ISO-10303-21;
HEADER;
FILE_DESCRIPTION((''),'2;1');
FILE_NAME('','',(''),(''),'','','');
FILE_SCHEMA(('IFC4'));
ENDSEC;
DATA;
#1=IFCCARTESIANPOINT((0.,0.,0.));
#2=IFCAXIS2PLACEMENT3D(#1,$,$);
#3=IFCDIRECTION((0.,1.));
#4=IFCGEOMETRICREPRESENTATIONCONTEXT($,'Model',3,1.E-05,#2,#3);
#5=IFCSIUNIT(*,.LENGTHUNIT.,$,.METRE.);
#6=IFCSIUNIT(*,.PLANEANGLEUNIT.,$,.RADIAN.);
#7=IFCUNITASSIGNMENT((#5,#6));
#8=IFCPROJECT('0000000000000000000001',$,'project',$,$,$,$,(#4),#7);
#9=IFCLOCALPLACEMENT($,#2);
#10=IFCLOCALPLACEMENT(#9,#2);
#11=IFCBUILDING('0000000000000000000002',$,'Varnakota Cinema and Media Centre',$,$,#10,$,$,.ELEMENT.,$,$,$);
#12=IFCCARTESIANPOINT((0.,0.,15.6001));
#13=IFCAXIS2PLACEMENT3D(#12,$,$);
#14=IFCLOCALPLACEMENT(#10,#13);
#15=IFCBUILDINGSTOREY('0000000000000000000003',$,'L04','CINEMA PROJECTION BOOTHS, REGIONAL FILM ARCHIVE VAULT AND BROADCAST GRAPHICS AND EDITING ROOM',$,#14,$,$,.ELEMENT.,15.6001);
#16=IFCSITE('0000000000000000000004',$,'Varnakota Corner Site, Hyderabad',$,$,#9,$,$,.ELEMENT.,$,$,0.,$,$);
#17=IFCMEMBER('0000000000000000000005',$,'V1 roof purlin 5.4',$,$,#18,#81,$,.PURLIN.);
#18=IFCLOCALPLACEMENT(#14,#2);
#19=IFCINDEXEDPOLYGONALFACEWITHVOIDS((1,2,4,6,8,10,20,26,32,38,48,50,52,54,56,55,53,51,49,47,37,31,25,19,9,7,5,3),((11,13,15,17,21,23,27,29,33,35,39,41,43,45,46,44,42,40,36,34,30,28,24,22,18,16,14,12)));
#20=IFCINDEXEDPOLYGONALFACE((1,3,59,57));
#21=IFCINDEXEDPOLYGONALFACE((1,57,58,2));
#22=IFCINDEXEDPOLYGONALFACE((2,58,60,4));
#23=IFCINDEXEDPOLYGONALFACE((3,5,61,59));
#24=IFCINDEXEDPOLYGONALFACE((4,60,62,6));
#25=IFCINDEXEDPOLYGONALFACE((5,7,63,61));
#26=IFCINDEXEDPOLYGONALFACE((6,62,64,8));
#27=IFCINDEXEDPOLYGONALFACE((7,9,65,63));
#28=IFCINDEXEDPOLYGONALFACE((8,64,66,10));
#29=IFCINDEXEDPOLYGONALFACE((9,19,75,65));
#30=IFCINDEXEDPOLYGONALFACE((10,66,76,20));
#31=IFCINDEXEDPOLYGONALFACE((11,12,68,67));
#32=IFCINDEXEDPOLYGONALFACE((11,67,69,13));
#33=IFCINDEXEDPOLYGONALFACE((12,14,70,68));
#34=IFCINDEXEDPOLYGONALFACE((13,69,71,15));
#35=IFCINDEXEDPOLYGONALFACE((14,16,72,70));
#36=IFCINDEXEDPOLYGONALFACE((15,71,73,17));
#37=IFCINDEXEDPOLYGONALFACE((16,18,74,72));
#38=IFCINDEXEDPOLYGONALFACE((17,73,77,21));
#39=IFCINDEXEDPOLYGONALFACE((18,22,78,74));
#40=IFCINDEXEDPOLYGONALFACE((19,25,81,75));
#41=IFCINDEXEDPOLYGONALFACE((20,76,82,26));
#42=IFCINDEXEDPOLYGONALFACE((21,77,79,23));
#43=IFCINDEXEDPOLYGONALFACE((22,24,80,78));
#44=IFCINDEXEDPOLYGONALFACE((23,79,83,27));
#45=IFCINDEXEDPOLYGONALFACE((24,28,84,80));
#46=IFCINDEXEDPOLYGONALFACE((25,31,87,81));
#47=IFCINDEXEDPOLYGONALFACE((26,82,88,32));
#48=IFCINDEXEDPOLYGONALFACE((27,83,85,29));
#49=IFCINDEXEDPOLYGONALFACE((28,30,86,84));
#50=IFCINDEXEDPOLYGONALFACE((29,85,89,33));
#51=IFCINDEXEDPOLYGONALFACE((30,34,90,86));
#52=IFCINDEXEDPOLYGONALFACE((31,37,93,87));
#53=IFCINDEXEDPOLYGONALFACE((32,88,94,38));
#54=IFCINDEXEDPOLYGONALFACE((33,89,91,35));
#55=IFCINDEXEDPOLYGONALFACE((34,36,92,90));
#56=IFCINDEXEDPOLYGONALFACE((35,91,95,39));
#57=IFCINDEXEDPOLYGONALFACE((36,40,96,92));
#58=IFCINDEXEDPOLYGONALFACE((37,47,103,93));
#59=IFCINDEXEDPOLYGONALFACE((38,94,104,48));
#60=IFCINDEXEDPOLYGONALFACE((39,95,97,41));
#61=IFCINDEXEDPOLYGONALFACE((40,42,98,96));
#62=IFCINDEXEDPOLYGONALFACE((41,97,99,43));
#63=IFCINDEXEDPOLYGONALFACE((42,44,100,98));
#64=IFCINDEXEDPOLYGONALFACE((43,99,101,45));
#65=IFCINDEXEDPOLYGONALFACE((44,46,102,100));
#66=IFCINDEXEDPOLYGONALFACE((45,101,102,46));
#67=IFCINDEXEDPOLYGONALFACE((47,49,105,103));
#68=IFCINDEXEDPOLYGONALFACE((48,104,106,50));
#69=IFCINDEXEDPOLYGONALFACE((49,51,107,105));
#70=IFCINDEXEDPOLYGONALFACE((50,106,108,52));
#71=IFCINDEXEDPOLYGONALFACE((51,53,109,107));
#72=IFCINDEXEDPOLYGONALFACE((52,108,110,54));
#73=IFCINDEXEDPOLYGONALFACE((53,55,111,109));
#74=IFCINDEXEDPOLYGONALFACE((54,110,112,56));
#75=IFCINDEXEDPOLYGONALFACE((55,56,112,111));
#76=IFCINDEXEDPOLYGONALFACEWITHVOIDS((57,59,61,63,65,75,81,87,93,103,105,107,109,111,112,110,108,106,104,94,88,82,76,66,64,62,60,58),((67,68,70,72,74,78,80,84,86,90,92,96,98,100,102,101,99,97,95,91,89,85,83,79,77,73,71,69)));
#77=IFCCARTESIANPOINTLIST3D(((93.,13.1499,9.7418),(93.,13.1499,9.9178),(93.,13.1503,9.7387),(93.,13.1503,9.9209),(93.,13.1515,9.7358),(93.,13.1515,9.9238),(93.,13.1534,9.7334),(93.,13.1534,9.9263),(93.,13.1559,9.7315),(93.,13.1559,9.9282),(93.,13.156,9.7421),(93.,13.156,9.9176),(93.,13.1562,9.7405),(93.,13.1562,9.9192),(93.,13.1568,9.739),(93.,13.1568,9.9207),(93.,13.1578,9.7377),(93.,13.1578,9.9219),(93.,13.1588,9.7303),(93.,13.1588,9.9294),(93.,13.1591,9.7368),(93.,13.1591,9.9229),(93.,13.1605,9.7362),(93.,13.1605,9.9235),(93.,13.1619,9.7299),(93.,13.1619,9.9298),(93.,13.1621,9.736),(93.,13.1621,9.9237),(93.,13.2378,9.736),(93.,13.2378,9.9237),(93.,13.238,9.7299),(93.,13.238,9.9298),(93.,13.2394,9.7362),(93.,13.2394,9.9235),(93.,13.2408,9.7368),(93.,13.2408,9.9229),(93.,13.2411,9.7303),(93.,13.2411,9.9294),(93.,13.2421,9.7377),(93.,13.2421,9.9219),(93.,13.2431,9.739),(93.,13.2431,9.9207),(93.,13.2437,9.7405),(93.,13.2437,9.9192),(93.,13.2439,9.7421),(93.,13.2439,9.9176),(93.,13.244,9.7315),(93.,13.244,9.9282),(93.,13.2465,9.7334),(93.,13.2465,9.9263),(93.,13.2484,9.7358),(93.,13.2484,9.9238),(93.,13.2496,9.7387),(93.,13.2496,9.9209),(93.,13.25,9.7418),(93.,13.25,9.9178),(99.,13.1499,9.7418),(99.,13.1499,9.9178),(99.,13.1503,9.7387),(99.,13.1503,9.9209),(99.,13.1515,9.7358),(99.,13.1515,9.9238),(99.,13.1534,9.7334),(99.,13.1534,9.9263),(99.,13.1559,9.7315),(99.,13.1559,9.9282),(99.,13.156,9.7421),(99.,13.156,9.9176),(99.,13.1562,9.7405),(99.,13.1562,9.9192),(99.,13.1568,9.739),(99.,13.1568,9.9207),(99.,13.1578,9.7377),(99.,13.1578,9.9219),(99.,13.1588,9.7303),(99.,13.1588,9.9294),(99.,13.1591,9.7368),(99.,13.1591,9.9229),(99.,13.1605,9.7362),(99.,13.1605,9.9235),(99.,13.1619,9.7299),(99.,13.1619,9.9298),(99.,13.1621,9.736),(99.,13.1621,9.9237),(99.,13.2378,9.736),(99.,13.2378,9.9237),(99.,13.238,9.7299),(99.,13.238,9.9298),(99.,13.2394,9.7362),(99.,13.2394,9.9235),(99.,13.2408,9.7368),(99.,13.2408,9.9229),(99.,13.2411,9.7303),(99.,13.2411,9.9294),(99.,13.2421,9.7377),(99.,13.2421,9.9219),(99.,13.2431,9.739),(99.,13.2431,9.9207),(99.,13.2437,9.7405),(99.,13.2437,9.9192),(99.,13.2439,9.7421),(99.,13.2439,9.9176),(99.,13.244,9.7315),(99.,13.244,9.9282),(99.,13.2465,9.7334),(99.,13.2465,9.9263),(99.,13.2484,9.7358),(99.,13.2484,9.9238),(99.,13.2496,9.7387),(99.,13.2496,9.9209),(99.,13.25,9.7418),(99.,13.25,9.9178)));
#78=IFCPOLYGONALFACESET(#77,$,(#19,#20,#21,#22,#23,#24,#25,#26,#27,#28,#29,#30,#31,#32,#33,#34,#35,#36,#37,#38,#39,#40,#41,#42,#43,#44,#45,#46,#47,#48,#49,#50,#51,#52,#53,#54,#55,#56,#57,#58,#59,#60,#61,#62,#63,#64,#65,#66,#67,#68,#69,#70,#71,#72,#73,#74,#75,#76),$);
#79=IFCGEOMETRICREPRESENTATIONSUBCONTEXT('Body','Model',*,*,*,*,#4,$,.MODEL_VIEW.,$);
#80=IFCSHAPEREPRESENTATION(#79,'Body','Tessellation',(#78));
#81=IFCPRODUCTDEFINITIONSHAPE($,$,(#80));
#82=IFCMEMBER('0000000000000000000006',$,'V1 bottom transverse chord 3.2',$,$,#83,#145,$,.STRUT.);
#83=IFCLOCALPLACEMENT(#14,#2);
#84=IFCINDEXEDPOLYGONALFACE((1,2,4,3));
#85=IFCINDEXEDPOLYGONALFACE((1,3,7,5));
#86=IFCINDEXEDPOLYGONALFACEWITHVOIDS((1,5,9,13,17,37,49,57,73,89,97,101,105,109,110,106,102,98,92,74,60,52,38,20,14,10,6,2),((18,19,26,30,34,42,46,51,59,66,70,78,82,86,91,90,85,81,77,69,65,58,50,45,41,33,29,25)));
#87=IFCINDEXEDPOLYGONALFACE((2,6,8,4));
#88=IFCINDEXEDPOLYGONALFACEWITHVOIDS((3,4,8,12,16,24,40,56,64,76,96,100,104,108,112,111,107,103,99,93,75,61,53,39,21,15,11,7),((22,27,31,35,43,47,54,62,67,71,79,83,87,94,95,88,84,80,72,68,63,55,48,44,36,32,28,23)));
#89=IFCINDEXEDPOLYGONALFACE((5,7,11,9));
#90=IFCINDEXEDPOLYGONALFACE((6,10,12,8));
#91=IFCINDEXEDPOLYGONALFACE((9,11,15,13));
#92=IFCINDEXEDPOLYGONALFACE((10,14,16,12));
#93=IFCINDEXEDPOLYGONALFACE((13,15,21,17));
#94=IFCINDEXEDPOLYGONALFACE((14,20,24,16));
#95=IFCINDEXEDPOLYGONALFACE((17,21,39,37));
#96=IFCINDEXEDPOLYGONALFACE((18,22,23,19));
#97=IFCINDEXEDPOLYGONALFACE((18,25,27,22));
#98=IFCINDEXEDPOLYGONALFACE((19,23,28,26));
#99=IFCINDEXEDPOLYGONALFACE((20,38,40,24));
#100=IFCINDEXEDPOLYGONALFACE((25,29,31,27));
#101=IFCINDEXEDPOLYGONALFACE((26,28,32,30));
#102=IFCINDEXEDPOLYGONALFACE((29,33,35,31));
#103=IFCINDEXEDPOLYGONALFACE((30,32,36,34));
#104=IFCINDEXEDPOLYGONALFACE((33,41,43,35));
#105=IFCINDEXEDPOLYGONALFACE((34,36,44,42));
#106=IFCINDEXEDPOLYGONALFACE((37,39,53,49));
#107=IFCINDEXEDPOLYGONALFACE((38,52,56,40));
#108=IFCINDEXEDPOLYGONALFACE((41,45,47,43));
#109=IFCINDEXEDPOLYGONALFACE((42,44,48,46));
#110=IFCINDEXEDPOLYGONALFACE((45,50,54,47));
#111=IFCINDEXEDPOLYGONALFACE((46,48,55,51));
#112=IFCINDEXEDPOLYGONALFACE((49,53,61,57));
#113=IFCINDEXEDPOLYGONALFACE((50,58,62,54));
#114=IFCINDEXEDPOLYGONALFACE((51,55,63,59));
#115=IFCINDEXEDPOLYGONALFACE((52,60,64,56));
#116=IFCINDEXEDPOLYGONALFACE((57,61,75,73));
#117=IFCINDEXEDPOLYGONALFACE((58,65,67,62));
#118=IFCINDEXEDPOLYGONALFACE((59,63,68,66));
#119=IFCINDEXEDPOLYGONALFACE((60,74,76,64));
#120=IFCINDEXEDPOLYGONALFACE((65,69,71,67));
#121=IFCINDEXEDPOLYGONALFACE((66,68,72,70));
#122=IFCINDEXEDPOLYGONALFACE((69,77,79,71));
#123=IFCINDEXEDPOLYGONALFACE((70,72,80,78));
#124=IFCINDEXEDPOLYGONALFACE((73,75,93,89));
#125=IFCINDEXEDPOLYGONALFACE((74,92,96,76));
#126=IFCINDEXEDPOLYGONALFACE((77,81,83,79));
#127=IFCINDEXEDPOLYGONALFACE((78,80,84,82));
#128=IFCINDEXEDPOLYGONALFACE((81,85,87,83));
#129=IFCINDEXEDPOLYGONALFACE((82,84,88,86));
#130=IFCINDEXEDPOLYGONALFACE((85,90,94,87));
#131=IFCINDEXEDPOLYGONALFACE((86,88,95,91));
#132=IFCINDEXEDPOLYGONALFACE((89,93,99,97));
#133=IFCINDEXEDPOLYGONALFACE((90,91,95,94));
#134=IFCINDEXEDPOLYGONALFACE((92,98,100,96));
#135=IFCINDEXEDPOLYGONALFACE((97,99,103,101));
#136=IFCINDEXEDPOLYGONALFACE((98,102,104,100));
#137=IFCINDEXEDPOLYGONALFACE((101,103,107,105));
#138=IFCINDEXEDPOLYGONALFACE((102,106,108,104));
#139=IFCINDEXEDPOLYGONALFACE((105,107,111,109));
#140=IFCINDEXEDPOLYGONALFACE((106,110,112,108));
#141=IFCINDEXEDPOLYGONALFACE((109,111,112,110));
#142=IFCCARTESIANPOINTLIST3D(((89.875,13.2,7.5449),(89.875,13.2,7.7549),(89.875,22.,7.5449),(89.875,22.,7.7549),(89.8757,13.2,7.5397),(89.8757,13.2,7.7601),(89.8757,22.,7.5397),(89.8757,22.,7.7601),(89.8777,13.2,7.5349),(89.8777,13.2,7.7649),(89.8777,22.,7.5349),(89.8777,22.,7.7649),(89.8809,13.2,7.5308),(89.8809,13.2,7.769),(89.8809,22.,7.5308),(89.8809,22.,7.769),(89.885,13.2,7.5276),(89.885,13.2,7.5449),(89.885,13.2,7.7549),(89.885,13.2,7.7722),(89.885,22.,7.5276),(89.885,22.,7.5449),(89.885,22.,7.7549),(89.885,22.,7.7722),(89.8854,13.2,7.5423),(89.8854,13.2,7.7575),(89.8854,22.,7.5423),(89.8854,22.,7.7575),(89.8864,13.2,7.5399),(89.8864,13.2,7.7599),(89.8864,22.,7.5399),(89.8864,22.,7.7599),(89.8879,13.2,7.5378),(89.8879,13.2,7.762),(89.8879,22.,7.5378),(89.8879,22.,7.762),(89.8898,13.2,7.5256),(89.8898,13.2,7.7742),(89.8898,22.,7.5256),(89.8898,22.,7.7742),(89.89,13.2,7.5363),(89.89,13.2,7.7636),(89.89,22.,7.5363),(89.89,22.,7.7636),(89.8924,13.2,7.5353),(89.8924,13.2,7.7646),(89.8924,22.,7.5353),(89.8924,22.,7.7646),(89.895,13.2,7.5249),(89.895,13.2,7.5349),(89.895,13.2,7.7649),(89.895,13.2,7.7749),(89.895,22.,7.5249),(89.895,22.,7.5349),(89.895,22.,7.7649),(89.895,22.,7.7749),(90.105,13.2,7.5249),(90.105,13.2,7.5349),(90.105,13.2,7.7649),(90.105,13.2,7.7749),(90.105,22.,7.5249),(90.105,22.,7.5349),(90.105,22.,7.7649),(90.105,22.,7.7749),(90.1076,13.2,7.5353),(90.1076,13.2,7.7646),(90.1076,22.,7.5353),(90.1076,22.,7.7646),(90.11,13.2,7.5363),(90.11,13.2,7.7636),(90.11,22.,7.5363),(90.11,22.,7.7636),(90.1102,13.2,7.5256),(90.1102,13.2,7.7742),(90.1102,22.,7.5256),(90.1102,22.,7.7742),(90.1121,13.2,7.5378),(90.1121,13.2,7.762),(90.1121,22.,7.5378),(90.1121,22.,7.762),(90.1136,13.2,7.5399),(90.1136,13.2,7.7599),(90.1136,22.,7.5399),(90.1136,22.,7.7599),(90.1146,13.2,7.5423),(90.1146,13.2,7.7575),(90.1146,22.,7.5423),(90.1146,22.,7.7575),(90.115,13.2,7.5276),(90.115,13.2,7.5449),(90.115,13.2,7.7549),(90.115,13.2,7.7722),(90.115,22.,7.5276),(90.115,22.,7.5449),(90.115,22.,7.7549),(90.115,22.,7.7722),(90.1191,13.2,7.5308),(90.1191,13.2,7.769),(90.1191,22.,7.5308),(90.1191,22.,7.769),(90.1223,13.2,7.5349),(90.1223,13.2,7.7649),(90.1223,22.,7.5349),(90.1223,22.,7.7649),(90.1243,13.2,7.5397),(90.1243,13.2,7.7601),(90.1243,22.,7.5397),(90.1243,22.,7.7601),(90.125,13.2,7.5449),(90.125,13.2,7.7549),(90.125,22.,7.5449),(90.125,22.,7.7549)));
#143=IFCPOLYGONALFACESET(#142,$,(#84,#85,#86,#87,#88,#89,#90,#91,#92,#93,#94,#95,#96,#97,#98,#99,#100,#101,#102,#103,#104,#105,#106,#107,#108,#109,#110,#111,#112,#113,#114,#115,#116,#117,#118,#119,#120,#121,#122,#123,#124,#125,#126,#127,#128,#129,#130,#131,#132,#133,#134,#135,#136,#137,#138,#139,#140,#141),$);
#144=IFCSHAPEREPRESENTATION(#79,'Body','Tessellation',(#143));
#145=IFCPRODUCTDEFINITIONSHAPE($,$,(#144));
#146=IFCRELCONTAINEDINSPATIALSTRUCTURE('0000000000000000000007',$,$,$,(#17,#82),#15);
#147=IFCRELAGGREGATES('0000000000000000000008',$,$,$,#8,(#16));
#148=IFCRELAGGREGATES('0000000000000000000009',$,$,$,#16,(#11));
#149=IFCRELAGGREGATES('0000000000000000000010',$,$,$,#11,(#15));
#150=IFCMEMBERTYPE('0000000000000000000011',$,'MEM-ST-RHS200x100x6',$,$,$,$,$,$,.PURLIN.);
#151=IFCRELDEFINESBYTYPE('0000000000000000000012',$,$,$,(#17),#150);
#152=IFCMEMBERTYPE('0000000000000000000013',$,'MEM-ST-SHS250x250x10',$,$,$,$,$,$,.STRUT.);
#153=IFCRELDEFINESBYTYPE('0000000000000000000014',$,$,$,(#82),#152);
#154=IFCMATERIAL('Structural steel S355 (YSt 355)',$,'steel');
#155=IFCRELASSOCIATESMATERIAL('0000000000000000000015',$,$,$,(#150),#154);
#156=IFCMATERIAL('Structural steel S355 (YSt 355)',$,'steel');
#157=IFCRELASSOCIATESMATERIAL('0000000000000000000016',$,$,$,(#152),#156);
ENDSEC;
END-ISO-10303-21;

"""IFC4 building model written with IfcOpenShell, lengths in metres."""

from ifc_helpers import new_model, si_unit, direction, frame, origin, origin_2d, place, context, subcontext, project, spatial, hollow_rectangle, extrude, material, material_profile, profile_set, type_object, element, save


model = new_model("IFC4")

# Units and contexts
model_context = context("Model", 3, precision=1e-05, world=origin(), true_north=direction((0.0, 1.0)))
body_context = subcontext(model_context, "Body", "Model", "MODEL_VIEW")
ifc_project = project(units=[si_unit("LENGTHUNIT", "METRE"), si_unit("PLANEANGLEUNIT", "RADIAN")], contexts=[model_context])

# Site, building, storey
site_placement = place(None, origin())
site = spatial("IfcSite", under=ifc_project, at=site_placement, Name="Varnakota Corner Site, Hyderabad", CompositionType="ELEMENT", RefElevation=0.0)
building_placement = place(site_placement, origin())
building = spatial("IfcBuilding", under=site, at=building_placement, Name="Varnakota Cinema and Media Centre", CompositionType="ELEMENT")
storey_placement = place(building_placement, frame((0.0, 0.0, 15.6001)))
storey = spatial("IfcBuildingStorey", under=building, at=storey_placement, Name="L04", Description="CINEMA PROJECTION BOOTHS, REGIONAL FILM ARCHIVE VAULT AND BROADCAST GRAPHICS AND EDITING ROOM", CompositionType="ELEMENT", Elevation=15.6001)

# Members
ifc_material_1 = material(Name="Structural steel S355 (YSt 355)", Category="steel")
ifc_material_profile_1 = material_profile(ifc_material_1, hollow_rectangle(XDim=0.1001, YDim=0.2, WallThickness=0.0061, InnerFilletRadius=0.0061, OuterFilletRadius=0.012, at=origin_2d()), Name="RHS 200x100x6")
ifc_profile_set_1 = profile_set([ifc_material_profile_1], Name="Structural steel S355 (YSt 355)")
member_type_1 = type_object("IfcMemberType", Name="MEM-ST-RHS200x100x6", PredefinedType="PURLIN", material=ifc_profile_set_1)
member_1_placement = place(storey_placement, frame((93.0, 13.2, 9.8298), z_axis=(1.0, 0.0, 0.0), x_axis=(0.0, 1.0, 0.0)))
element("IfcMember", 1, at=member_1_placement, inside=storey, type_object=member_type_1, Name="V1 roof purlin 5.4", PredefinedType="PURLIN", context=body_context, shape_type="SweptSolid", body=[
    extrude(hollow_rectangle(XDim=0.1001, YDim=0.2, WallThickness=0.0061, InnerFilletRadius=0.0061, OuterFilletRadius=0.012, at=origin_2d()), origin(), (0.0, 0.0, 1.0), 6.0),
])
ifc_material_2 = material(Name="Structural steel S355 (YSt 355)", Category="steel")
ifc_material_profile_2 = material_profile(ifc_material_2, hollow_rectangle(XDim=0.25, YDim=0.25, WallThickness=0.01, InnerFilletRadius=0.01, OuterFilletRadius=0.02, at=origin_2d()), Name="SHS 250x250x10")
ifc_profile_set_2 = profile_set([ifc_material_profile_2], Name="Structural steel S355 (YSt 355)")
member_type_2 = type_object("IfcMemberType", Name="MEM-ST-SHS250x250x10", PredefinedType="STRUT", material=ifc_profile_set_2)
for number, where, z_axis, x_axis, name in (
    (2, (90.0, 13.2, 7.6499), (0.0, 1.0, 0.0), (-1.0, 0.0, 0.0), "V1 bottom transverse chord 3.2"),
):
    element("IfcMember", number, at=place(storey_placement, frame(where, z_axis=z_axis, x_axis=x_axis)), inside=storey, type_object=member_type_2, Name=name, PredefinedType="STRUT", context=body_context, shape_type="SweptSolid", body=[
        extrude(hollow_rectangle(XDim=0.25, YDim=0.25, WallThickness=0.01, InnerFilletRadius=0.01, OuterFilletRadius=0.02, at=origin_2d()), origin(), (0.0, 0.0, 1.0), 8.8),
    ])

save(model, "model.ifc")
